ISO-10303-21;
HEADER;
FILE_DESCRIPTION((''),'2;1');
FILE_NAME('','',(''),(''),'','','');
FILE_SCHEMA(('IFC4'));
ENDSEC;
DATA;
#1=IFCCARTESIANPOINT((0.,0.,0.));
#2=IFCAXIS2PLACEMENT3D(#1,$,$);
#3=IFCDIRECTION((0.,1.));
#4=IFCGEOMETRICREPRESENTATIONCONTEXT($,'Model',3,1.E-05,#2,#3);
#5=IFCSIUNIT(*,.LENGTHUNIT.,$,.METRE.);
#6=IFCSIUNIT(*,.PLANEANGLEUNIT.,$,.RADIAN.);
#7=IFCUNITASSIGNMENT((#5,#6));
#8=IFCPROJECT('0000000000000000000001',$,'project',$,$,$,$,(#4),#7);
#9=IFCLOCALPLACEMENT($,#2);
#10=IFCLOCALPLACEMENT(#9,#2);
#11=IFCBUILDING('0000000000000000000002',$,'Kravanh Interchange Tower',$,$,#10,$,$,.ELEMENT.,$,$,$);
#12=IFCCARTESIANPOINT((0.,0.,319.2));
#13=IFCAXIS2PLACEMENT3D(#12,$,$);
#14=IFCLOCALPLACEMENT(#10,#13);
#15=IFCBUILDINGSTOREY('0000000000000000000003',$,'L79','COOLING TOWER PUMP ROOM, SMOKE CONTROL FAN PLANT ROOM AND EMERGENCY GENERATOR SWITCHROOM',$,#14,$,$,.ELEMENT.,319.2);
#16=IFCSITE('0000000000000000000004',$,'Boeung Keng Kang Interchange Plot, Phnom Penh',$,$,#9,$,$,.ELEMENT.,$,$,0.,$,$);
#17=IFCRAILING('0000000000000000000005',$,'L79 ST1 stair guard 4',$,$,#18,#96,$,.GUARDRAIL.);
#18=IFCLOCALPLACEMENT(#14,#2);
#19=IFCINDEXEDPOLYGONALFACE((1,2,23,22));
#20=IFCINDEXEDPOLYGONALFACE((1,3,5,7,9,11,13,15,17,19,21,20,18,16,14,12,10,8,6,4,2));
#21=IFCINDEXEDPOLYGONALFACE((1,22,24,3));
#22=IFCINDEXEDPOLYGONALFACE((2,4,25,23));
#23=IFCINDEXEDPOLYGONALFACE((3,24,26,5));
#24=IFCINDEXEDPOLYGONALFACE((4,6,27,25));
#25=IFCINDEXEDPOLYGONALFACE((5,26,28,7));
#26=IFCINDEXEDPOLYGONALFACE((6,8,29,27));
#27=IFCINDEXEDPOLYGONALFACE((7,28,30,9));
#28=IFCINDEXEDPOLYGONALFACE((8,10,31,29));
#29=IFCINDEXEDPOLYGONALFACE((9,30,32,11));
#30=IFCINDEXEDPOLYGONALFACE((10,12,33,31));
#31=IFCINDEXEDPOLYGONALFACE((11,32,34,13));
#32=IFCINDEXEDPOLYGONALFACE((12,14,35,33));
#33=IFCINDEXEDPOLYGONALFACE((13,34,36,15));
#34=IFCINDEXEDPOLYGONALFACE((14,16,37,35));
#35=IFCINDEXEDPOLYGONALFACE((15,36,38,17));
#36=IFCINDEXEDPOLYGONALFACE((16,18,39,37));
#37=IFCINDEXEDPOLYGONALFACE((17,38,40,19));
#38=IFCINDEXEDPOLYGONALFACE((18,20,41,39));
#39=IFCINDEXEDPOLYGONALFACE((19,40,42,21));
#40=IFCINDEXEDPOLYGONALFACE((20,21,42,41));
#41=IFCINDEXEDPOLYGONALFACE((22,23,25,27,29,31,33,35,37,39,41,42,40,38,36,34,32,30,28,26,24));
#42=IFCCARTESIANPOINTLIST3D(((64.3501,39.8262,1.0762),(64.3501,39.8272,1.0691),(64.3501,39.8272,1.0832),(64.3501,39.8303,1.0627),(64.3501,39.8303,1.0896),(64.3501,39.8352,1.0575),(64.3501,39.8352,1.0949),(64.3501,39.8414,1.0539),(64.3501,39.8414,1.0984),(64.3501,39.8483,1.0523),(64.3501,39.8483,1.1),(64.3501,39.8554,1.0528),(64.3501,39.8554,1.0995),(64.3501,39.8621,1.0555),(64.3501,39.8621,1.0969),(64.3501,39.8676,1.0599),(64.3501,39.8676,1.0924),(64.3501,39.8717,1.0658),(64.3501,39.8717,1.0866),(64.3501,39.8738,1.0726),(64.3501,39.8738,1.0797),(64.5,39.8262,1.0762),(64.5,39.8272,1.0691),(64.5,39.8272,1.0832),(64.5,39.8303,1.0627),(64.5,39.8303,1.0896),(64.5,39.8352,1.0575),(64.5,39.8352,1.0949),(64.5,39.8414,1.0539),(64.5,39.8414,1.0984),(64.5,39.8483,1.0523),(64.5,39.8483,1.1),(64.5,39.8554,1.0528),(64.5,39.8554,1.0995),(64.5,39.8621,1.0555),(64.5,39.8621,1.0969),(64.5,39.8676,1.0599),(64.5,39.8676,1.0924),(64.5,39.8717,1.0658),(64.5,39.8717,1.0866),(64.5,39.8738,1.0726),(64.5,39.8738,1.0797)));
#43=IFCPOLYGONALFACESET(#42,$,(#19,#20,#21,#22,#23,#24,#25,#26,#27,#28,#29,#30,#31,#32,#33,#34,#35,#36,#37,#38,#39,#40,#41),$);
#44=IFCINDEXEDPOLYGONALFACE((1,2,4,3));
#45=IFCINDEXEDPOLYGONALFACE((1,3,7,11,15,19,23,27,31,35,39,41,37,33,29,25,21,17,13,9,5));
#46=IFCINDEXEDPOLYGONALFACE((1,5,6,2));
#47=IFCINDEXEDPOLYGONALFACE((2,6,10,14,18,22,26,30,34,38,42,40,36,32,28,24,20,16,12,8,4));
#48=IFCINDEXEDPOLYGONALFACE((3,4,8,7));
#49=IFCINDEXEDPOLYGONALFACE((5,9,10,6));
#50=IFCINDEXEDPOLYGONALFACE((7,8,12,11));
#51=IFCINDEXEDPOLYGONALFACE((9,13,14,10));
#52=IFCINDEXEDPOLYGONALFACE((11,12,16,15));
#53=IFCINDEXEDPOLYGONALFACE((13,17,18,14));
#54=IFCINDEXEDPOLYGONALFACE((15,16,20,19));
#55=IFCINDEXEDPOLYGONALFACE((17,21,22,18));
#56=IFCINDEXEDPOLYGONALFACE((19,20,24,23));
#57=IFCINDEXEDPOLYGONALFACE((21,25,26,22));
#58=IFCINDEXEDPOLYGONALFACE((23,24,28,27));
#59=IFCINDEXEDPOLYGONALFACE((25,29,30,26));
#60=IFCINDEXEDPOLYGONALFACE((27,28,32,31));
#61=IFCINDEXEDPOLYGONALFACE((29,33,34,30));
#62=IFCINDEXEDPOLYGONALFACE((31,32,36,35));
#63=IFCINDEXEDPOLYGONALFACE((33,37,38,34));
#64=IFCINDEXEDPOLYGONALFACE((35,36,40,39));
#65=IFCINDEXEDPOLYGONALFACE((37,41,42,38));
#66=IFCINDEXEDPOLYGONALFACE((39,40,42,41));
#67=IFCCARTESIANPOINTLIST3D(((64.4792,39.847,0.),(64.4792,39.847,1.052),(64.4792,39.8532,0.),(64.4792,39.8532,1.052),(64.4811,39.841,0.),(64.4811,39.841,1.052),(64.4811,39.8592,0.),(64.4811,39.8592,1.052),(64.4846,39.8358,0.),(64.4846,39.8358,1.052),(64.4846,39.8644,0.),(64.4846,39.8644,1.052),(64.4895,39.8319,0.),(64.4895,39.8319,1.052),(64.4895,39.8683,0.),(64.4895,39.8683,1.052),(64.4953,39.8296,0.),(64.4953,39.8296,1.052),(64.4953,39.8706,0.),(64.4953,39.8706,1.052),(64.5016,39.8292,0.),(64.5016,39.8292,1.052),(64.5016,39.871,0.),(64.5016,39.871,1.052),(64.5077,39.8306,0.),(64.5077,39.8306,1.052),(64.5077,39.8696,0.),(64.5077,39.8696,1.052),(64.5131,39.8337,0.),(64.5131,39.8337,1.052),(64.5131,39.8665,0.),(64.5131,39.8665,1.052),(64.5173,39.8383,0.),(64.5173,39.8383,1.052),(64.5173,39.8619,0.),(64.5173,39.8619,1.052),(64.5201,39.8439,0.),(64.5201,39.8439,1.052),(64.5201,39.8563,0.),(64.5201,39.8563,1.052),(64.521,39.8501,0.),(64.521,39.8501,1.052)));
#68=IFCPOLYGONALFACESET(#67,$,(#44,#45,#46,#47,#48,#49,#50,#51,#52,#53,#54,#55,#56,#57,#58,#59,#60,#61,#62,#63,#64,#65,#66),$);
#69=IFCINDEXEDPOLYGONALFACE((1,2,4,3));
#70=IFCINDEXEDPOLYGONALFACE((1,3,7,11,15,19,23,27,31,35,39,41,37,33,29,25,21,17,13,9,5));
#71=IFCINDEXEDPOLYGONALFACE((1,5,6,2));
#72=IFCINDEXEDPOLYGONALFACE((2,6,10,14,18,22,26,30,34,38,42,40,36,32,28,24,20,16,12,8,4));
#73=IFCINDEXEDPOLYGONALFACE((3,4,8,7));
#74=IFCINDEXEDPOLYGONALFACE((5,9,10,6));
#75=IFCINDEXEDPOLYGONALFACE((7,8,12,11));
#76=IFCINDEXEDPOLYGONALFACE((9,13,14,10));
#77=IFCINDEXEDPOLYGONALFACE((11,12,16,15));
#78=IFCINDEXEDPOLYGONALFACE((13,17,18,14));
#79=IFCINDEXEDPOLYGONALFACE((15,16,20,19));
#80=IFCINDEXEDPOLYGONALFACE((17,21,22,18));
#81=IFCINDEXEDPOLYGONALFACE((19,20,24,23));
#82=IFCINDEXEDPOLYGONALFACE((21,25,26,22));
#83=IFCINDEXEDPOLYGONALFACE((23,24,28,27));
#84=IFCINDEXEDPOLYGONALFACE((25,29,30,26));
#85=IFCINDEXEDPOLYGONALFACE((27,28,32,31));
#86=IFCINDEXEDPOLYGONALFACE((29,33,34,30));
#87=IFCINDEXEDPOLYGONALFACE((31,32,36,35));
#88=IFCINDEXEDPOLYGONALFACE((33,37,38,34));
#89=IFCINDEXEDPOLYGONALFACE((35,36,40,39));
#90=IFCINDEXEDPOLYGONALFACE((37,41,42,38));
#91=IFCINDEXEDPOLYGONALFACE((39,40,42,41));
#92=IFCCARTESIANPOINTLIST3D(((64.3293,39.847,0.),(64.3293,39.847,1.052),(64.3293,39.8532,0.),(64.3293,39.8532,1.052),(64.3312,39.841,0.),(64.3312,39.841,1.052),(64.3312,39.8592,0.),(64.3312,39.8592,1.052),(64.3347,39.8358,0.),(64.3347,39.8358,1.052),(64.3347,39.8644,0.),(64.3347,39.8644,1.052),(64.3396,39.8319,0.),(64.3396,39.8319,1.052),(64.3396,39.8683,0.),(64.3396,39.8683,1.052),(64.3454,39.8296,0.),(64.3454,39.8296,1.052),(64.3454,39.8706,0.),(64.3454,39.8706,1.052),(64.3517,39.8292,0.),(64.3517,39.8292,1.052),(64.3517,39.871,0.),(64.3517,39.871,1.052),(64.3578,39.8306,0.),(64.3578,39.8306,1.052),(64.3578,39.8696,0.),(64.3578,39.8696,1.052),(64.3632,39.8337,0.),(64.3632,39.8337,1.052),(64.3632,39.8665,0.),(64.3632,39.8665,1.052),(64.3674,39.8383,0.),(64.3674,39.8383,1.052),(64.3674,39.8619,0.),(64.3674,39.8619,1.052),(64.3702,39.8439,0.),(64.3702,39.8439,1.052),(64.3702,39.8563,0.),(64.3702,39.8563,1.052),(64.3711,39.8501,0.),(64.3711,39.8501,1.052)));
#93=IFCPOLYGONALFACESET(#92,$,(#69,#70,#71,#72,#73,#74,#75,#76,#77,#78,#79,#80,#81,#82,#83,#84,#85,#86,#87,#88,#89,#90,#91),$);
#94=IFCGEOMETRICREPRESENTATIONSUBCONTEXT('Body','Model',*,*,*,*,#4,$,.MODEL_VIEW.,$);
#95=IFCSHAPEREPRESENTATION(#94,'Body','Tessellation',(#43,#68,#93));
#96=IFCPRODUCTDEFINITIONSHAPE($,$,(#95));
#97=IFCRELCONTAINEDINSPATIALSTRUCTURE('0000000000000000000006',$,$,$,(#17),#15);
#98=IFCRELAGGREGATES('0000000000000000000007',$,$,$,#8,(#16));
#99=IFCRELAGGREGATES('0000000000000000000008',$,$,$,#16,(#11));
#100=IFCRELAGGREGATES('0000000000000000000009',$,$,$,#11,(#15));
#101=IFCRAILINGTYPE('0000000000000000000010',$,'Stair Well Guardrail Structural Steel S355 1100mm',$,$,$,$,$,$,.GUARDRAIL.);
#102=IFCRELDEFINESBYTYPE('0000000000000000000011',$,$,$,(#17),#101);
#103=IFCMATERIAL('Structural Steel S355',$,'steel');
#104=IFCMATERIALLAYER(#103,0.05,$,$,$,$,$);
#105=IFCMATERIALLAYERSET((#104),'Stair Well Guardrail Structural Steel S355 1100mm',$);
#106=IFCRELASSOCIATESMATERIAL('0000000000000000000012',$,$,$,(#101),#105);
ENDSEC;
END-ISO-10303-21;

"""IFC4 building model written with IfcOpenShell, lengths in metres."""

from ifc_helpers import new_model, si_unit, direction, frame, origin, origin_2d, place, context, subcontext, project, spatial, circle, extrude, material, layer, layer_set, type_object, element, save


model = new_model("IFC4")

# Units and contexts
model_context = context("Model", 3, precision=1e-05, world=origin(), true_north=direction((0.0, 1.0)))
body_context = subcontext(model_context, "Body", "Model", "MODEL_VIEW")
ifc_project = project(units=[si_unit("LENGTHUNIT", "METRE"), si_unit("PLANEANGLEUNIT", "RADIAN")], contexts=[model_context])

# Site, building, storey
site_placement = place(None, origin())
site = spatial("IfcSite", under=ifc_project, at=site_placement, Name="Boeung Keng Kang Interchange Plot, Phnom Penh", CompositionType="ELEMENT", RefElevation=0.0)
building_placement = place(site_placement, origin())
building = spatial("IfcBuilding", under=site, at=building_placement, Name="Kravanh Interchange Tower", CompositionType="ELEMENT")
storey_placement = place(building_placement, frame((0.0, 0.0, 319.2)))
storey = spatial("IfcBuildingStorey", under=building, at=storey_placement, Name="L79", Description="COOLING TOWER PUMP ROOM, SMOKE CONTROL FAN PLANT ROOM AND EMERGENCY GENERATOR SWITCHROOM", CompositionType="ELEMENT", Elevation=319.2)

# Railing
ifc_material_1 = material(Name="Structural Steel S355", Category="steel")
ifc_layer_1 = layer(ifc_material_1, 0.05)
ifc_layer_set_1 = layer_set([ifc_layer_1], Name="Stair Well Guardrail Structural Steel S355 1100mm")
railing_type_1 = type_object("IfcRailingType", Name="Stair Well Guardrail Structural Steel S355 1100mm", PredefinedType="GUARDRAIL", material=ifc_layer_set_1)
railing_1_placement = place(storey_placement, frame((64.5, 39.8501, 0.0)))
element("IfcRailing", 1, at=railing_1_placement, inside=storey, type_object=railing_type_1, Name="L79 ST1 stair guard 4", PredefinedType="GUARDRAIL", context=body_context, shape_type="SweptSolid", body=[
    extrude(circle(Radius=0.0239, at=origin_2d()), frame((0.0, 0.0, 1.0762), z_axis=(-1.0, 0.0, 0.0), x_axis=(0.0, -1.0, 0.0)), (0.0, 0.0, 1.0), 0.1499),
    extrude(circle(Radius=0.021, at=origin_2d()), origin(), (0.0, 0.0, 1.0), 1.052),
    extrude(circle(Radius=0.021, at=origin_2d()), frame((-0.1499, 0.0, 0.0)), (0.0, 0.0, 1.0), 1.052),
])

save(model, "model.ifc")
